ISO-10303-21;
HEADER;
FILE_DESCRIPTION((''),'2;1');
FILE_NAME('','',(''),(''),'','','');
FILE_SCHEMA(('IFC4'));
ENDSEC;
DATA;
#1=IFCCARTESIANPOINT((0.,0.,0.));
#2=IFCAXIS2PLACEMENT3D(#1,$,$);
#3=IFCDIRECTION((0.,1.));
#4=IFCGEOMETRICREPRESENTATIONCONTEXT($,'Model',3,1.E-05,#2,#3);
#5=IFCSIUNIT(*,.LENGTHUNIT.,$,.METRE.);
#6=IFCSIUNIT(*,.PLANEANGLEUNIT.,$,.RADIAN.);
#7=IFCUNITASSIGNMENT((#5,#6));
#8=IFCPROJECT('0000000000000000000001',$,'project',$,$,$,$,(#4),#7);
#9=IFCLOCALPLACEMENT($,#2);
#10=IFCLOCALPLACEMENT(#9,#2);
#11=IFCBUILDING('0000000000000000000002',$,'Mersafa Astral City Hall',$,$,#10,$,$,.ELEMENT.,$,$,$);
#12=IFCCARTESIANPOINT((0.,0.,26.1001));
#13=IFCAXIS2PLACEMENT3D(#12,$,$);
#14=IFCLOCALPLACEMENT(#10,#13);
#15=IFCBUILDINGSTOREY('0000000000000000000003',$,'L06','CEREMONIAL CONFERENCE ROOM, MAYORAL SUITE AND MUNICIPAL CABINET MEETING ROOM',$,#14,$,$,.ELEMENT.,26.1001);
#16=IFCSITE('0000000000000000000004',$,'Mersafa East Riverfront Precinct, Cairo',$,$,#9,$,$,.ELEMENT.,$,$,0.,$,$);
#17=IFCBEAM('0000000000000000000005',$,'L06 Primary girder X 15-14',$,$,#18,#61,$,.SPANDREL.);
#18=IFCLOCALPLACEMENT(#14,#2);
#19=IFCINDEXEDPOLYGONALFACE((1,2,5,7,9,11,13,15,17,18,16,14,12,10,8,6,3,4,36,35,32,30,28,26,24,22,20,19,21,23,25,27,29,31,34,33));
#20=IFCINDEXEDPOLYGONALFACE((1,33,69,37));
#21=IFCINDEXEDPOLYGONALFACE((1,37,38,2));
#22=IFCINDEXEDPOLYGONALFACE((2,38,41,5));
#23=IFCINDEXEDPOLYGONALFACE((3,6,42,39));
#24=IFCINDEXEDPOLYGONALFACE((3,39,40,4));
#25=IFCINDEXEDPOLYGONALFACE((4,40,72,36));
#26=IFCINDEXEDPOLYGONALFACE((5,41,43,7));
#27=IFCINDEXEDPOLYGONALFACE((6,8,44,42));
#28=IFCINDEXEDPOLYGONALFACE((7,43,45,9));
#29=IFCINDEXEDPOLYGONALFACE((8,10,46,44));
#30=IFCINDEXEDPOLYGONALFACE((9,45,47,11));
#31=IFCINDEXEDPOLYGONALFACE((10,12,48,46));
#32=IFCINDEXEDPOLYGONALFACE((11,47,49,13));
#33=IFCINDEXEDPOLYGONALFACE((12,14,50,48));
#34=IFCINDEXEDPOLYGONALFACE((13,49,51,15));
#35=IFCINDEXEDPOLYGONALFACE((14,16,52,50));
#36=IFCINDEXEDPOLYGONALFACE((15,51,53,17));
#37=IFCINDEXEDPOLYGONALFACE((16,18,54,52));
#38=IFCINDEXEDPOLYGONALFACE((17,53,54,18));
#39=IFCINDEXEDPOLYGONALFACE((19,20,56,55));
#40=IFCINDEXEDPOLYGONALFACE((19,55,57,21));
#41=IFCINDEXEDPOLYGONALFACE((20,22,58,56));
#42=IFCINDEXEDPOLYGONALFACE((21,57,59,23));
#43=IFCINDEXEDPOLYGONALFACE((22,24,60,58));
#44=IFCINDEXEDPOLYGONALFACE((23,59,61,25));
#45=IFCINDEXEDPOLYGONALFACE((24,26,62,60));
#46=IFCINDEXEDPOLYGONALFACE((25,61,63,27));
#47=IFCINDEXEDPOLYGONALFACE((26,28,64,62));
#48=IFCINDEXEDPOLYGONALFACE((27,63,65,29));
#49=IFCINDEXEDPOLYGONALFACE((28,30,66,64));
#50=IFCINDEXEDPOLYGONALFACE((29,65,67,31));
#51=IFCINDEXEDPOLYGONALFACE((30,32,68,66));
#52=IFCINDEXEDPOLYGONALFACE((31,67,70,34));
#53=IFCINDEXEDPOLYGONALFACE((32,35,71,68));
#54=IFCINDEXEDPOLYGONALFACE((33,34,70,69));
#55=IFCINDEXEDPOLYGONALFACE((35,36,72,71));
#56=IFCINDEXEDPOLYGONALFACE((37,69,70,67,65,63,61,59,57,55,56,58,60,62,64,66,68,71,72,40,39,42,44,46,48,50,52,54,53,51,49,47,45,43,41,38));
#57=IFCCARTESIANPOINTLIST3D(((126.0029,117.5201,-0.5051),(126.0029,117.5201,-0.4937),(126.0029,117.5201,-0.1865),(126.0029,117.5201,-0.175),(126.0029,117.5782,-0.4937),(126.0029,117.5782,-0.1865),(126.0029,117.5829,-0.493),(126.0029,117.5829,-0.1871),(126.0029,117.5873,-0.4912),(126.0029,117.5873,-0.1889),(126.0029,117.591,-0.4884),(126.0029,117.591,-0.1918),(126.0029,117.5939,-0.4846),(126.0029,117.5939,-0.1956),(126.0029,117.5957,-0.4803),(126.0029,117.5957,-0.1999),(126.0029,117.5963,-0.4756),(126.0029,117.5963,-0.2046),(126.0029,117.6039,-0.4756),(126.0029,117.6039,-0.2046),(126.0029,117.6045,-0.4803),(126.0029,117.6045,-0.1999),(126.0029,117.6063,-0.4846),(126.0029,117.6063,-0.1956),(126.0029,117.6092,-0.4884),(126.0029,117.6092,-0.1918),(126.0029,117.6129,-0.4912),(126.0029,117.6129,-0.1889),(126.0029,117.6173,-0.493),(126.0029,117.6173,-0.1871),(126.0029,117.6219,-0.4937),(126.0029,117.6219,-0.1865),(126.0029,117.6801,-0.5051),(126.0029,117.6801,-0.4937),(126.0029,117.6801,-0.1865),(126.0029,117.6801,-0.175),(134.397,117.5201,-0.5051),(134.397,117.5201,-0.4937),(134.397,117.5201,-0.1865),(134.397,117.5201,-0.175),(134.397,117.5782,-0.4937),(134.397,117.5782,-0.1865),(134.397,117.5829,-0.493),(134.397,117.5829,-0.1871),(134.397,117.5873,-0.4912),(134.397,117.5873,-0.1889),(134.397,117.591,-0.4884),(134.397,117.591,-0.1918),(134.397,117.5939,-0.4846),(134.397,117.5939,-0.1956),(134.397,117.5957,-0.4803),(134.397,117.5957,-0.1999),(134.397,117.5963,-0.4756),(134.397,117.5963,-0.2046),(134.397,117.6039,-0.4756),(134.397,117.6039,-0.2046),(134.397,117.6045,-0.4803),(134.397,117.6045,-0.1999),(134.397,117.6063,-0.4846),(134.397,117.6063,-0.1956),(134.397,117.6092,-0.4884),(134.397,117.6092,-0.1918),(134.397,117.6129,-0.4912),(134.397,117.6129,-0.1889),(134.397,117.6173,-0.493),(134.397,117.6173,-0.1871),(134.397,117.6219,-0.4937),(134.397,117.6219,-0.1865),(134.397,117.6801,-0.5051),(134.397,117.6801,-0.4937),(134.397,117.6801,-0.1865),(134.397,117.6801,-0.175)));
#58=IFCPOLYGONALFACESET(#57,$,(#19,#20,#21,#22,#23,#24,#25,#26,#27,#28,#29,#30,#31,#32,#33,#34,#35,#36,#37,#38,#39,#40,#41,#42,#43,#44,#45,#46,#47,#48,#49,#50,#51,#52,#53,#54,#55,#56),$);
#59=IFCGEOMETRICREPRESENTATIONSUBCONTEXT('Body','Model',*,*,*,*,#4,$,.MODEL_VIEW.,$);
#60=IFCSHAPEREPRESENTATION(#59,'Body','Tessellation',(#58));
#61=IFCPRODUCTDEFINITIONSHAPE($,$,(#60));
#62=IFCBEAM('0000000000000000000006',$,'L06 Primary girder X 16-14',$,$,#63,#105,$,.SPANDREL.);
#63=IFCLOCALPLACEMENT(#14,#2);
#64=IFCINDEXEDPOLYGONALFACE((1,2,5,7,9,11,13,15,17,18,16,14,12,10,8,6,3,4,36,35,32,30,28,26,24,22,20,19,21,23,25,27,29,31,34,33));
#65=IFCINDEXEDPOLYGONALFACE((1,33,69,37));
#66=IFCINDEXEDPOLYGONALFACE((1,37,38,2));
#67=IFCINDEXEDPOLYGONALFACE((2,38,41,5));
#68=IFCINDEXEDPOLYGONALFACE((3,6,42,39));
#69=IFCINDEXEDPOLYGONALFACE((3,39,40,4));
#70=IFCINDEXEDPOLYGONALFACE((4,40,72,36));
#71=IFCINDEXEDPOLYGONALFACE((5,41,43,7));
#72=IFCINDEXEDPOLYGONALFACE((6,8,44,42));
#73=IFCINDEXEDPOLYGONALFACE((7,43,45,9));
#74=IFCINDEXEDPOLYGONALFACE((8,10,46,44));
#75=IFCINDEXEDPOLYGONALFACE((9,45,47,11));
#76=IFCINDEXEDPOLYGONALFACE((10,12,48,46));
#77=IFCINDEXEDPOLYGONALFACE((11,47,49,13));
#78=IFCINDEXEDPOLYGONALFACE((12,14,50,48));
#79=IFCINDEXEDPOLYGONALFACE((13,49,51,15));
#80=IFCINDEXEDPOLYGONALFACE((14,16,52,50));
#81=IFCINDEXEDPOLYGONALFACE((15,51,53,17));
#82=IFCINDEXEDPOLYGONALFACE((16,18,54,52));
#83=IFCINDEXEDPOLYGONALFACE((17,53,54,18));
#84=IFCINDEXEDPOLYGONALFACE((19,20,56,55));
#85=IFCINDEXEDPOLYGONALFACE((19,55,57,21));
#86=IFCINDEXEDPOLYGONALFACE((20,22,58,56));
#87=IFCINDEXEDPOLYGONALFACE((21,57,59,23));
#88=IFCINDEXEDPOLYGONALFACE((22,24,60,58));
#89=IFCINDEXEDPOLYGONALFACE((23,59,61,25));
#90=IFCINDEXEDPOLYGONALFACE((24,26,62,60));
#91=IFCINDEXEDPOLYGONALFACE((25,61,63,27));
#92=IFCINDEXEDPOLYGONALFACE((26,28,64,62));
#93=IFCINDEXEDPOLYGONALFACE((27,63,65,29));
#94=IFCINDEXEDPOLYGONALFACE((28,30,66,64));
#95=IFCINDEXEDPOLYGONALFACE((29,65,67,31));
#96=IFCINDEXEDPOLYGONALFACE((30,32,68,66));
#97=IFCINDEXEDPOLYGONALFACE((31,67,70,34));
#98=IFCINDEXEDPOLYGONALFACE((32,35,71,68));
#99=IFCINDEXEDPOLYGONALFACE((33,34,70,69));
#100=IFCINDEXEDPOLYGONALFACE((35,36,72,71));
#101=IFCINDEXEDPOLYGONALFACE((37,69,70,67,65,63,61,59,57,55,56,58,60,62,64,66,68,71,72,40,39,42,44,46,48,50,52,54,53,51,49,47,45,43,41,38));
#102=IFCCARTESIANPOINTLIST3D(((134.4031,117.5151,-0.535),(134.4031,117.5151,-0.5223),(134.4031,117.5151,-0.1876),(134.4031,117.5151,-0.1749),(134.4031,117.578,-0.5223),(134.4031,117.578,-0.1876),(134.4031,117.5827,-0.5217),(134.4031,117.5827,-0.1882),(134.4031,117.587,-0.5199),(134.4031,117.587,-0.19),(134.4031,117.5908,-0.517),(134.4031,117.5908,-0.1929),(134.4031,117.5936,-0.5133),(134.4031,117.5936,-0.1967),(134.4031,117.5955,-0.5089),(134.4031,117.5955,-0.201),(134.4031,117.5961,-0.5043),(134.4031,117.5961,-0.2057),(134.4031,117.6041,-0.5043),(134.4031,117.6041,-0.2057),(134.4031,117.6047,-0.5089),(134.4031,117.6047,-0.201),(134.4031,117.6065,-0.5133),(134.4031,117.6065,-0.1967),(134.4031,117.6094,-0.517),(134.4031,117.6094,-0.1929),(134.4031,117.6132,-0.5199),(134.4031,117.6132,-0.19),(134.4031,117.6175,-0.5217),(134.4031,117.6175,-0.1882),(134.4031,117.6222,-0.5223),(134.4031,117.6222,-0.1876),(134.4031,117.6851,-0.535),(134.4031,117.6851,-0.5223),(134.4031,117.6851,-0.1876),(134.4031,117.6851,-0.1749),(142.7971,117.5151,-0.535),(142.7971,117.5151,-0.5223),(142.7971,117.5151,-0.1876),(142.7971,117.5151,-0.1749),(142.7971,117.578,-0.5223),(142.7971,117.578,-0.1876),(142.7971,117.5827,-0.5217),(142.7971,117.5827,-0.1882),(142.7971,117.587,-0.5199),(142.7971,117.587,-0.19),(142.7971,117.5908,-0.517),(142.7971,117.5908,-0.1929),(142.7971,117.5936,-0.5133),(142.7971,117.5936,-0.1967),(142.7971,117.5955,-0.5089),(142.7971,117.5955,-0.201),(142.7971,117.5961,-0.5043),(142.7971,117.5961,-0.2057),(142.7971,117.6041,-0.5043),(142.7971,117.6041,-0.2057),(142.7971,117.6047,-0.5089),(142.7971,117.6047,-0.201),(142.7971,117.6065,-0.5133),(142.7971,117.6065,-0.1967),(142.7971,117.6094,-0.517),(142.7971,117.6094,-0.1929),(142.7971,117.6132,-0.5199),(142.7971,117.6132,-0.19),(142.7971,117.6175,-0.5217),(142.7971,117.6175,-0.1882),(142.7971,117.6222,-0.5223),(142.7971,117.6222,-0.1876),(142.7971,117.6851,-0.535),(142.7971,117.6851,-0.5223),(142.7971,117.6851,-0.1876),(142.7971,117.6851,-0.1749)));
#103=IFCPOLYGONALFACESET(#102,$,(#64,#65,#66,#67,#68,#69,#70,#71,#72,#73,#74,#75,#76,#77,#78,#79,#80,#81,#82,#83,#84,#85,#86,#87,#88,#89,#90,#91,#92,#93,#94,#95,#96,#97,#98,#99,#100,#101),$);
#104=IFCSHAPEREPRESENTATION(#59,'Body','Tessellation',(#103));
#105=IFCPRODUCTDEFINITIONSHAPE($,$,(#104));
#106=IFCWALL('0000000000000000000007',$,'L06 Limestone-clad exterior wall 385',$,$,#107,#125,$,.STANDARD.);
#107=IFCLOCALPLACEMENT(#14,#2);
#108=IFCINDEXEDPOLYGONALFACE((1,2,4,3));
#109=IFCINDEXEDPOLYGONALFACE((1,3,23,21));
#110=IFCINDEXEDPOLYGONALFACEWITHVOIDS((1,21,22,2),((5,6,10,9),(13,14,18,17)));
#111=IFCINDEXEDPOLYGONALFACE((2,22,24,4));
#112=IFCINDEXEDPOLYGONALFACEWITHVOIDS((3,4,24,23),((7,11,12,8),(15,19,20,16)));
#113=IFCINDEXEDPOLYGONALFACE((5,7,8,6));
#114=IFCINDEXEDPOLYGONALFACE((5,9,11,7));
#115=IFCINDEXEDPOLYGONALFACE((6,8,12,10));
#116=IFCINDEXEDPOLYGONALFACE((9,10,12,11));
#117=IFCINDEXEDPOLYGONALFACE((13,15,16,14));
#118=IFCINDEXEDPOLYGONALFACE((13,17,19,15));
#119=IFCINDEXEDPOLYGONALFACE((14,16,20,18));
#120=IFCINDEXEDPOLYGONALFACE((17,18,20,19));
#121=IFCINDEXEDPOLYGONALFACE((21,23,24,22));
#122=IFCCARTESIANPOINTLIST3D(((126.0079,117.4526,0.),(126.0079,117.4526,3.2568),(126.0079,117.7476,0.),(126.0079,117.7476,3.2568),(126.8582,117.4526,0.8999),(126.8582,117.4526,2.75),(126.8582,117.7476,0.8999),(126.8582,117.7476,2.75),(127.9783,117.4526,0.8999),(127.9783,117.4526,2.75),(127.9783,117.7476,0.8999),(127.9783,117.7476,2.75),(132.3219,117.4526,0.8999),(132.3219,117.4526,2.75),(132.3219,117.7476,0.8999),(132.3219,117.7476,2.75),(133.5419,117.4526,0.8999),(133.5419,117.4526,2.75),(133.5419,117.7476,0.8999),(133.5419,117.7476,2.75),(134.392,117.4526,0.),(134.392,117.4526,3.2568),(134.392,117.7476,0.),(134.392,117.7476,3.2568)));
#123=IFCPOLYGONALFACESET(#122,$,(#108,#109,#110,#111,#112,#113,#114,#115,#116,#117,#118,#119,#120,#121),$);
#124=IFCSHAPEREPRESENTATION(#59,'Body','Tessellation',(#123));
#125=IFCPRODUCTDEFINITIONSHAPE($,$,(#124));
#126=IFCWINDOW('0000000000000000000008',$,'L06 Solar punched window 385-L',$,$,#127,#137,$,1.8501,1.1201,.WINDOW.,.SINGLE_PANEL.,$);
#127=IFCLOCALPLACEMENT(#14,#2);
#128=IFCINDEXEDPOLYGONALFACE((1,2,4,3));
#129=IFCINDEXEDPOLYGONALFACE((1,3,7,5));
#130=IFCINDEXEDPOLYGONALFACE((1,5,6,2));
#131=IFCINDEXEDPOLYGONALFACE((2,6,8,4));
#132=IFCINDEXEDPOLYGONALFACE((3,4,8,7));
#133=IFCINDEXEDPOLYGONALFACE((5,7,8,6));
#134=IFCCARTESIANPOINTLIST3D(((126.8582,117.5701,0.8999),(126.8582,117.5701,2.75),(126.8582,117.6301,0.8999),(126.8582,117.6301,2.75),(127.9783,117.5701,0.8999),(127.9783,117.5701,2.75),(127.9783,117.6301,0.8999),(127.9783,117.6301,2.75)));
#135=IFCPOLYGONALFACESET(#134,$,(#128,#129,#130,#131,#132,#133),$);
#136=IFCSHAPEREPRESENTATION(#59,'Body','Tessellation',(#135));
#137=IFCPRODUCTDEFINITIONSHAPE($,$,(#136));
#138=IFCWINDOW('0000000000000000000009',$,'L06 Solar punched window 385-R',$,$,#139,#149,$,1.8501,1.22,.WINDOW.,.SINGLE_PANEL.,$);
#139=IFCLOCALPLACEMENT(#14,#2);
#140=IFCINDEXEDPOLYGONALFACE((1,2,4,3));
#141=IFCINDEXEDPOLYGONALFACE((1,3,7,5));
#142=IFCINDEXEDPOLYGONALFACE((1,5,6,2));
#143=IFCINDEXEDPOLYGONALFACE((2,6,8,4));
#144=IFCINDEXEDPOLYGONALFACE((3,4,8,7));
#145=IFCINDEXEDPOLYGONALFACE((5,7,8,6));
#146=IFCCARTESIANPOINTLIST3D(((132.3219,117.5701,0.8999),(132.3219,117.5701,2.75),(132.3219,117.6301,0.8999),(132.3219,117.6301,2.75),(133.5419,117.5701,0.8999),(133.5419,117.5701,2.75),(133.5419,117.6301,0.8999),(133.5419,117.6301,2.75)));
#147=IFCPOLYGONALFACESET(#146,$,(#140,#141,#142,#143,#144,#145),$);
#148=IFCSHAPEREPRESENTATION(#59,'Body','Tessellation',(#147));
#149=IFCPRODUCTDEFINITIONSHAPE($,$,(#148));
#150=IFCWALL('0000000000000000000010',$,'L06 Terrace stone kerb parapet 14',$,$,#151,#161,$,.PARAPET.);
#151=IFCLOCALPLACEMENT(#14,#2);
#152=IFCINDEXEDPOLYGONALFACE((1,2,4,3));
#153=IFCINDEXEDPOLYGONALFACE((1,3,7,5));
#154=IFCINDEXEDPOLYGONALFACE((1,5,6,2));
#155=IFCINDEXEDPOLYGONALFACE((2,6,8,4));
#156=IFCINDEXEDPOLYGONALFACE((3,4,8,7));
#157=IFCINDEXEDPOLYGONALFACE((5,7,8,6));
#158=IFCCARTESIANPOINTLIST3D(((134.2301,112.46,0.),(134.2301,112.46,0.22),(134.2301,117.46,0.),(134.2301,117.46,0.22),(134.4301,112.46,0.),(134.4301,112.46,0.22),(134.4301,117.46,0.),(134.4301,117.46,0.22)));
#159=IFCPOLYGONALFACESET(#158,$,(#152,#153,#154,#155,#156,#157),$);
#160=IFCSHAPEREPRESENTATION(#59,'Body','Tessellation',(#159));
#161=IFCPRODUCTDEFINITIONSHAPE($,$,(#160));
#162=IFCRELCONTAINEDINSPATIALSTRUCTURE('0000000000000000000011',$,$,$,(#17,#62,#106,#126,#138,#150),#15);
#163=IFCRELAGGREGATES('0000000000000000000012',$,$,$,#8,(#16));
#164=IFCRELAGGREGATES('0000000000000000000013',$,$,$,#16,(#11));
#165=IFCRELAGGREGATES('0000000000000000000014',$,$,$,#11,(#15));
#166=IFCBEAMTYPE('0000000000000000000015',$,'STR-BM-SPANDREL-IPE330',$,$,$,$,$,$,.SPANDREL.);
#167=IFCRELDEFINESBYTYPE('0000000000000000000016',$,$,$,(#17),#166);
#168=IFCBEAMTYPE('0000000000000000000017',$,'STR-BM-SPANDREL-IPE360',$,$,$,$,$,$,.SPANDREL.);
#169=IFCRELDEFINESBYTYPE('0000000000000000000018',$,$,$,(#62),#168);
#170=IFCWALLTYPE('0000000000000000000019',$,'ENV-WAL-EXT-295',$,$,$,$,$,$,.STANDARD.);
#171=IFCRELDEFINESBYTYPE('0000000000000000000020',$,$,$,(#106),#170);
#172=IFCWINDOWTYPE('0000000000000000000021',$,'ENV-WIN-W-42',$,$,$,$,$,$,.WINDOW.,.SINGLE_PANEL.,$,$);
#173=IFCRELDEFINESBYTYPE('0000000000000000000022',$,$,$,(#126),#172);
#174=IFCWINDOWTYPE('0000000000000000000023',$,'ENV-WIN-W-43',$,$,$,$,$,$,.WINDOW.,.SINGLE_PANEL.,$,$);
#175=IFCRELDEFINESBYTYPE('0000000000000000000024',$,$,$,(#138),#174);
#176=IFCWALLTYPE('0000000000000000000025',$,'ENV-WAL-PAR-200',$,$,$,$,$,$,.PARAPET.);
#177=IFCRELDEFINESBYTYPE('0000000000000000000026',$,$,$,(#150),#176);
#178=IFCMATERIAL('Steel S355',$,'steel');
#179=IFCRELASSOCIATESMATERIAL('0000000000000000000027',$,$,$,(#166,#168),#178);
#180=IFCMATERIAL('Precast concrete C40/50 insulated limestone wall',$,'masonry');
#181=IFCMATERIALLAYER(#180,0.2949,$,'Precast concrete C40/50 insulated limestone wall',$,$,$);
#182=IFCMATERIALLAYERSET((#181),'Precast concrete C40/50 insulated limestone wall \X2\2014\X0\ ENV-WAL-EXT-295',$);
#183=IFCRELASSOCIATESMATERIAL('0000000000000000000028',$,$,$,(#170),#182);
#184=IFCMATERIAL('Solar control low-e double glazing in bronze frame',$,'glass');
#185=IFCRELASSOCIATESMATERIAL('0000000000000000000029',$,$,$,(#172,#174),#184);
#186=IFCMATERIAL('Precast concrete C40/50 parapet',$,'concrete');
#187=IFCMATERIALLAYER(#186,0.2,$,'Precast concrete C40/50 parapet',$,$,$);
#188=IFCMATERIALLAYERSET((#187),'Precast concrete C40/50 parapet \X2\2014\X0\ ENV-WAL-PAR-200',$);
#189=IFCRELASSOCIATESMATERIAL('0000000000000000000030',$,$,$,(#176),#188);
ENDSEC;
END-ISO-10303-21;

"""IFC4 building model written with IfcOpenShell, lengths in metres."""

from ifc_helpers import new_model, si_unit, direction, frame, frame_2d, origin, origin_2d, place, context, subcontext, project, spatial, rectangle, i_section, extrude, material, layer, layer_set, material_profile, profile_set, type_object, element, fill, save


model = new_model("IFC4")

# Units and contexts
model_context = context("Model", 3, precision=1e-05, world=origin(), true_north=direction((0.0, 1.0)))
body_context = subcontext(model_context, "Body", "Model", "MODEL_VIEW")
ifc_project = project(units=[si_unit("LENGTHUNIT", "METRE"), si_unit("PLANEANGLEUNIT", "RADIAN")], contexts=[model_context])

# Site, building, storey
site_placement = place(None, origin())
site = spatial("IfcSite", under=ifc_project, at=site_placement, Name="Mersafa East Riverfront Precinct, Cairo", CompositionType="ELEMENT", RefElevation=0.0)
building_placement = place(site_placement, origin())
building = spatial("IfcBuilding", under=site, at=building_placement, Name="Mersafa Astral City Hall", CompositionType="ELEMENT")
storey_placement = place(building_placement, frame((0.0, 0.0, 26.1001)))
storey = spatial("IfcBuildingStorey", under=building, at=storey_placement, Name="L06", Description="CEREMONIAL CONFERENCE ROOM, MAYORAL SUITE AND MUNICIPAL CABINET MEETING ROOM", CompositionType="ELEMENT", Elevation=26.1001)

# Shared definitions
ifc_material_1 = material(Name="Steel S355", Category="steel")

# Beams
ifc_material_profile_1 = material_profile(ifc_material_1, i_section(OverallWidth=0.1599, OverallDepth=0.3301, WebThickness=0.0076, FlangeThickness=0.0115, FilletRadius=0.0181, at=origin_2d()), Name="IPE 330")
ifc_profile_set_1 = profile_set([ifc_material_profile_1], Name="Steel S355")
beam_type_1 = type_object("IfcBeamType", Name="STR-BM-SPANDREL-IPE330", PredefinedType="SPANDREL", material=ifc_profile_set_1)
beam_1_placement = place(storey_placement, frame((126.0029, 117.6001, -0.3401), z_axis=(1.0, 0.0, 0.0), x_axis=(0.0, 1.0, 0.0)))
element("IfcBeam", 1, at=beam_1_placement, inside=storey, type_object=beam_type_1, Name="L06 Primary girder X 15-14", PredefinedType="SPANDREL", context=body_context, shape_type="SweptSolid", body=[
    extrude(i_section(OverallWidth=0.1599, OverallDepth=0.3301, WebThickness=0.0076, FlangeThickness=0.0115, FilletRadius=0.0181, at=origin_2d()), origin(), (0.0, 0.0, 1.0), 8.394),
])
ifc_material_profile_2 = material_profile(ifc_material_1, i_section(OverallWidth=0.1699, OverallDepth=0.3601, WebThickness=0.0081, FlangeThickness=0.0127, FilletRadius=0.0181, at=origin_2d()), Name="IPE 360")
ifc_profile_set_2 = profile_set([ifc_material_profile_2], Name="Steel S355")
beam_type_2 = type_object("IfcBeamType", Name="STR-BM-SPANDREL-IPE360", PredefinedType="SPANDREL", material=ifc_profile_set_2)
beam_2_placement = place(storey_placement, frame((134.4031, 117.6001, -0.355), z_axis=(1.0, 0.0, 0.0), x_axis=(0.0, 1.0, 0.0)))
element("IfcBeam", 2, at=beam_2_placement, inside=storey, type_object=beam_type_2, Name="L06 Primary girder X 16-14", PredefinedType="SPANDREL", context=body_context, shape_type="SweptSolid", body=[
    extrude(i_section(OverallWidth=0.1699, OverallDepth=0.3601, WebThickness=0.0081, FlangeThickness=0.0127, FilletRadius=0.0181, at=origin_2d()), origin(), (0.0, 0.0, 1.0), 8.394),
])

# Wall, openings, windows
ifc_material_2 = material(Name="Precast concrete C40/50 insulated limestone wall", Category="masonry")
ifc_layer_1 = layer(ifc_material_2, 0.2949, Name="Precast concrete C40/50 insulated limestone wall")
ifc_layer_set_1 = layer_set([ifc_layer_1], Name="Precast concrete C40/50 insulated limestone wall — ENV-WAL-EXT-295")
wall_type_1 = type_object("IfcWallType", Name="ENV-WAL-EXT-295", PredefinedType="STANDARD", material=ifc_layer_set_1)
wall_1_placement = place(storey_placement, frame((126.0081, 117.6001, 0.0), z_axis=(0.0, 0.0, 1.0), x_axis=(1.0, 0.0, 0.0)))
wall_1 = element("IfcWall", 3, at=wall_1_placement, inside=storey, type_object=wall_type_1, Name="L06 Limestone-clad exterior wall 385", PredefinedType="STANDARD", context=body_context, shape_type="SweptSolid", body=[
    extrude(rectangle(XDim=8.384, YDim=0.2949, at=frame_2d((4.1919, 0.0))), origin(), (0.0, 0.0, 1.0), 3.2568),
])
opening_1_placement = place(wall_1_placement, frame((0.8501, 0.0, 0.8999)))
opening_1 = element("IfcOpeningElement", 4, at=opening_1_placement, cuts=wall_1, PredefinedType="OPENING", context=body_context, shape_type="SweptSolid", body=[
    extrude(rectangle(XDim=1.1201, YDim=1.8501, at=frame_2d((0.5601, 0.925))), frame((0.0, 0.1575, 0.0), z_axis=(0.0, -1.0, 0.0), x_axis=(1.0, 0.0, 0.0)), (0.0, 0.0, 1.0), 0.3149),
])
opening_2_placement = place(wall_1_placement, frame((6.314, 0.0, 0.8999)))
opening_2 = element("IfcOpeningElement", 5, at=opening_2_placement, cuts=wall_1, PredefinedType="OPENING", context=body_context, shape_type="SweptSolid", body=[
    extrude(rectangle(XDim=1.22, YDim=1.8501, at=frame_2d((0.6099, 0.925))), frame((0.0, 0.1575, 0.0), z_axis=(0.0, -1.0, 0.0), x_axis=(1.0, 0.0, 0.0)), (0.0, 0.0, 1.0), 0.3149),
])
ifc_material_3 = material(Name="Solar control low-e double glazing in bronze frame", Category="glass")
window_type_1 = type_object("IfcWindowType", Name="ENV-WIN-W-42", PartitioningType="SINGLE_PANEL", PredefinedType="WINDOW", material=ifc_material_3)
window_1_placement = place(opening_1_placement, origin())
window_1 = element("IfcWindow", 6, at=window_1_placement, inside=storey, type_object=window_type_1, Name="L06 Solar punched window 385-L", OverallHeight=1.8501, OverallWidth=1.1201, PartitioningType="SINGLE_PANEL", PredefinedType="WINDOW", context=body_context, shape_type="SweptSolid", body=[
    extrude(rectangle(XDim=1.1201, YDim=1.8501, at=frame_2d((0.5601, 0.925))), frame((0.0, 0.03, 0.0), z_axis=(0.0, -1.0, 0.0), x_axis=(1.0, 0.0, 0.0)), (0.0, 0.0, 1.0), 0.0601),
])
fill(opening_1, window_1)
window_type_2 = type_object("IfcWindowType", Name="ENV-WIN-W-43", PartitioningType="SINGLE_PANEL", PredefinedType="WINDOW", material=ifc_material_3)
window_2_placement = place(opening_2_placement, origin())
window_2 = element("IfcWindow", 7, at=window_2_placement, inside=storey, type_object=window_type_2, Name="L06 Solar punched window 385-R", OverallHeight=1.8501, OverallWidth=1.22, PartitioningType="SINGLE_PANEL", PredefinedType="WINDOW", context=body_context, shape_type="SweptSolid", body=[
    extrude(rectangle(XDim=1.22, YDim=1.8501, at=frame_2d((0.6099, 0.925))), frame((0.0, 0.03, 0.0), z_axis=(0.0, -1.0, 0.0), x_axis=(1.0, 0.0, 0.0)), (0.0, 0.0, 1.0), 0.0601),
])
fill(opening_2, window_2)

# Wall
ifc_material_4 = material(Name="Precast concrete C40/50 parapet", Category="concrete")
ifc_layer_2 = layer(ifc_material_4, 0.2, Name="Precast concrete C40/50 parapet")
ifc_layer_set_2 = layer_set([ifc_layer_2], Name="Precast concrete C40/50 parapet — ENV-WAL-PAR-200")
wall_type_2 = type_object("IfcWallType", Name="ENV-WAL-PAR-200", PredefinedType="PARAPET", material=ifc_layer_set_2)
wall_2_placement = place(storey_placement, frame((134.3301, 112.46, 0.0), z_axis=(0.0, 0.0, 1.0), x_axis=(0.0, 1.0, 0.0)))
element("IfcWall", 8, at=wall_2_placement, inside=storey, type_object=wall_type_2, Name="L06 Terrace stone kerb parapet 14", PredefinedType="PARAPET", context=body_context, shape_type="SweptSolid", body=[
    extrude(rectangle(XDim=5.0, YDim=0.2, at=frame_2d((2.5, 0.0))), origin(), (0.0, 0.0, 1.0), 0.22),
])

save(model, "model.ifc")
